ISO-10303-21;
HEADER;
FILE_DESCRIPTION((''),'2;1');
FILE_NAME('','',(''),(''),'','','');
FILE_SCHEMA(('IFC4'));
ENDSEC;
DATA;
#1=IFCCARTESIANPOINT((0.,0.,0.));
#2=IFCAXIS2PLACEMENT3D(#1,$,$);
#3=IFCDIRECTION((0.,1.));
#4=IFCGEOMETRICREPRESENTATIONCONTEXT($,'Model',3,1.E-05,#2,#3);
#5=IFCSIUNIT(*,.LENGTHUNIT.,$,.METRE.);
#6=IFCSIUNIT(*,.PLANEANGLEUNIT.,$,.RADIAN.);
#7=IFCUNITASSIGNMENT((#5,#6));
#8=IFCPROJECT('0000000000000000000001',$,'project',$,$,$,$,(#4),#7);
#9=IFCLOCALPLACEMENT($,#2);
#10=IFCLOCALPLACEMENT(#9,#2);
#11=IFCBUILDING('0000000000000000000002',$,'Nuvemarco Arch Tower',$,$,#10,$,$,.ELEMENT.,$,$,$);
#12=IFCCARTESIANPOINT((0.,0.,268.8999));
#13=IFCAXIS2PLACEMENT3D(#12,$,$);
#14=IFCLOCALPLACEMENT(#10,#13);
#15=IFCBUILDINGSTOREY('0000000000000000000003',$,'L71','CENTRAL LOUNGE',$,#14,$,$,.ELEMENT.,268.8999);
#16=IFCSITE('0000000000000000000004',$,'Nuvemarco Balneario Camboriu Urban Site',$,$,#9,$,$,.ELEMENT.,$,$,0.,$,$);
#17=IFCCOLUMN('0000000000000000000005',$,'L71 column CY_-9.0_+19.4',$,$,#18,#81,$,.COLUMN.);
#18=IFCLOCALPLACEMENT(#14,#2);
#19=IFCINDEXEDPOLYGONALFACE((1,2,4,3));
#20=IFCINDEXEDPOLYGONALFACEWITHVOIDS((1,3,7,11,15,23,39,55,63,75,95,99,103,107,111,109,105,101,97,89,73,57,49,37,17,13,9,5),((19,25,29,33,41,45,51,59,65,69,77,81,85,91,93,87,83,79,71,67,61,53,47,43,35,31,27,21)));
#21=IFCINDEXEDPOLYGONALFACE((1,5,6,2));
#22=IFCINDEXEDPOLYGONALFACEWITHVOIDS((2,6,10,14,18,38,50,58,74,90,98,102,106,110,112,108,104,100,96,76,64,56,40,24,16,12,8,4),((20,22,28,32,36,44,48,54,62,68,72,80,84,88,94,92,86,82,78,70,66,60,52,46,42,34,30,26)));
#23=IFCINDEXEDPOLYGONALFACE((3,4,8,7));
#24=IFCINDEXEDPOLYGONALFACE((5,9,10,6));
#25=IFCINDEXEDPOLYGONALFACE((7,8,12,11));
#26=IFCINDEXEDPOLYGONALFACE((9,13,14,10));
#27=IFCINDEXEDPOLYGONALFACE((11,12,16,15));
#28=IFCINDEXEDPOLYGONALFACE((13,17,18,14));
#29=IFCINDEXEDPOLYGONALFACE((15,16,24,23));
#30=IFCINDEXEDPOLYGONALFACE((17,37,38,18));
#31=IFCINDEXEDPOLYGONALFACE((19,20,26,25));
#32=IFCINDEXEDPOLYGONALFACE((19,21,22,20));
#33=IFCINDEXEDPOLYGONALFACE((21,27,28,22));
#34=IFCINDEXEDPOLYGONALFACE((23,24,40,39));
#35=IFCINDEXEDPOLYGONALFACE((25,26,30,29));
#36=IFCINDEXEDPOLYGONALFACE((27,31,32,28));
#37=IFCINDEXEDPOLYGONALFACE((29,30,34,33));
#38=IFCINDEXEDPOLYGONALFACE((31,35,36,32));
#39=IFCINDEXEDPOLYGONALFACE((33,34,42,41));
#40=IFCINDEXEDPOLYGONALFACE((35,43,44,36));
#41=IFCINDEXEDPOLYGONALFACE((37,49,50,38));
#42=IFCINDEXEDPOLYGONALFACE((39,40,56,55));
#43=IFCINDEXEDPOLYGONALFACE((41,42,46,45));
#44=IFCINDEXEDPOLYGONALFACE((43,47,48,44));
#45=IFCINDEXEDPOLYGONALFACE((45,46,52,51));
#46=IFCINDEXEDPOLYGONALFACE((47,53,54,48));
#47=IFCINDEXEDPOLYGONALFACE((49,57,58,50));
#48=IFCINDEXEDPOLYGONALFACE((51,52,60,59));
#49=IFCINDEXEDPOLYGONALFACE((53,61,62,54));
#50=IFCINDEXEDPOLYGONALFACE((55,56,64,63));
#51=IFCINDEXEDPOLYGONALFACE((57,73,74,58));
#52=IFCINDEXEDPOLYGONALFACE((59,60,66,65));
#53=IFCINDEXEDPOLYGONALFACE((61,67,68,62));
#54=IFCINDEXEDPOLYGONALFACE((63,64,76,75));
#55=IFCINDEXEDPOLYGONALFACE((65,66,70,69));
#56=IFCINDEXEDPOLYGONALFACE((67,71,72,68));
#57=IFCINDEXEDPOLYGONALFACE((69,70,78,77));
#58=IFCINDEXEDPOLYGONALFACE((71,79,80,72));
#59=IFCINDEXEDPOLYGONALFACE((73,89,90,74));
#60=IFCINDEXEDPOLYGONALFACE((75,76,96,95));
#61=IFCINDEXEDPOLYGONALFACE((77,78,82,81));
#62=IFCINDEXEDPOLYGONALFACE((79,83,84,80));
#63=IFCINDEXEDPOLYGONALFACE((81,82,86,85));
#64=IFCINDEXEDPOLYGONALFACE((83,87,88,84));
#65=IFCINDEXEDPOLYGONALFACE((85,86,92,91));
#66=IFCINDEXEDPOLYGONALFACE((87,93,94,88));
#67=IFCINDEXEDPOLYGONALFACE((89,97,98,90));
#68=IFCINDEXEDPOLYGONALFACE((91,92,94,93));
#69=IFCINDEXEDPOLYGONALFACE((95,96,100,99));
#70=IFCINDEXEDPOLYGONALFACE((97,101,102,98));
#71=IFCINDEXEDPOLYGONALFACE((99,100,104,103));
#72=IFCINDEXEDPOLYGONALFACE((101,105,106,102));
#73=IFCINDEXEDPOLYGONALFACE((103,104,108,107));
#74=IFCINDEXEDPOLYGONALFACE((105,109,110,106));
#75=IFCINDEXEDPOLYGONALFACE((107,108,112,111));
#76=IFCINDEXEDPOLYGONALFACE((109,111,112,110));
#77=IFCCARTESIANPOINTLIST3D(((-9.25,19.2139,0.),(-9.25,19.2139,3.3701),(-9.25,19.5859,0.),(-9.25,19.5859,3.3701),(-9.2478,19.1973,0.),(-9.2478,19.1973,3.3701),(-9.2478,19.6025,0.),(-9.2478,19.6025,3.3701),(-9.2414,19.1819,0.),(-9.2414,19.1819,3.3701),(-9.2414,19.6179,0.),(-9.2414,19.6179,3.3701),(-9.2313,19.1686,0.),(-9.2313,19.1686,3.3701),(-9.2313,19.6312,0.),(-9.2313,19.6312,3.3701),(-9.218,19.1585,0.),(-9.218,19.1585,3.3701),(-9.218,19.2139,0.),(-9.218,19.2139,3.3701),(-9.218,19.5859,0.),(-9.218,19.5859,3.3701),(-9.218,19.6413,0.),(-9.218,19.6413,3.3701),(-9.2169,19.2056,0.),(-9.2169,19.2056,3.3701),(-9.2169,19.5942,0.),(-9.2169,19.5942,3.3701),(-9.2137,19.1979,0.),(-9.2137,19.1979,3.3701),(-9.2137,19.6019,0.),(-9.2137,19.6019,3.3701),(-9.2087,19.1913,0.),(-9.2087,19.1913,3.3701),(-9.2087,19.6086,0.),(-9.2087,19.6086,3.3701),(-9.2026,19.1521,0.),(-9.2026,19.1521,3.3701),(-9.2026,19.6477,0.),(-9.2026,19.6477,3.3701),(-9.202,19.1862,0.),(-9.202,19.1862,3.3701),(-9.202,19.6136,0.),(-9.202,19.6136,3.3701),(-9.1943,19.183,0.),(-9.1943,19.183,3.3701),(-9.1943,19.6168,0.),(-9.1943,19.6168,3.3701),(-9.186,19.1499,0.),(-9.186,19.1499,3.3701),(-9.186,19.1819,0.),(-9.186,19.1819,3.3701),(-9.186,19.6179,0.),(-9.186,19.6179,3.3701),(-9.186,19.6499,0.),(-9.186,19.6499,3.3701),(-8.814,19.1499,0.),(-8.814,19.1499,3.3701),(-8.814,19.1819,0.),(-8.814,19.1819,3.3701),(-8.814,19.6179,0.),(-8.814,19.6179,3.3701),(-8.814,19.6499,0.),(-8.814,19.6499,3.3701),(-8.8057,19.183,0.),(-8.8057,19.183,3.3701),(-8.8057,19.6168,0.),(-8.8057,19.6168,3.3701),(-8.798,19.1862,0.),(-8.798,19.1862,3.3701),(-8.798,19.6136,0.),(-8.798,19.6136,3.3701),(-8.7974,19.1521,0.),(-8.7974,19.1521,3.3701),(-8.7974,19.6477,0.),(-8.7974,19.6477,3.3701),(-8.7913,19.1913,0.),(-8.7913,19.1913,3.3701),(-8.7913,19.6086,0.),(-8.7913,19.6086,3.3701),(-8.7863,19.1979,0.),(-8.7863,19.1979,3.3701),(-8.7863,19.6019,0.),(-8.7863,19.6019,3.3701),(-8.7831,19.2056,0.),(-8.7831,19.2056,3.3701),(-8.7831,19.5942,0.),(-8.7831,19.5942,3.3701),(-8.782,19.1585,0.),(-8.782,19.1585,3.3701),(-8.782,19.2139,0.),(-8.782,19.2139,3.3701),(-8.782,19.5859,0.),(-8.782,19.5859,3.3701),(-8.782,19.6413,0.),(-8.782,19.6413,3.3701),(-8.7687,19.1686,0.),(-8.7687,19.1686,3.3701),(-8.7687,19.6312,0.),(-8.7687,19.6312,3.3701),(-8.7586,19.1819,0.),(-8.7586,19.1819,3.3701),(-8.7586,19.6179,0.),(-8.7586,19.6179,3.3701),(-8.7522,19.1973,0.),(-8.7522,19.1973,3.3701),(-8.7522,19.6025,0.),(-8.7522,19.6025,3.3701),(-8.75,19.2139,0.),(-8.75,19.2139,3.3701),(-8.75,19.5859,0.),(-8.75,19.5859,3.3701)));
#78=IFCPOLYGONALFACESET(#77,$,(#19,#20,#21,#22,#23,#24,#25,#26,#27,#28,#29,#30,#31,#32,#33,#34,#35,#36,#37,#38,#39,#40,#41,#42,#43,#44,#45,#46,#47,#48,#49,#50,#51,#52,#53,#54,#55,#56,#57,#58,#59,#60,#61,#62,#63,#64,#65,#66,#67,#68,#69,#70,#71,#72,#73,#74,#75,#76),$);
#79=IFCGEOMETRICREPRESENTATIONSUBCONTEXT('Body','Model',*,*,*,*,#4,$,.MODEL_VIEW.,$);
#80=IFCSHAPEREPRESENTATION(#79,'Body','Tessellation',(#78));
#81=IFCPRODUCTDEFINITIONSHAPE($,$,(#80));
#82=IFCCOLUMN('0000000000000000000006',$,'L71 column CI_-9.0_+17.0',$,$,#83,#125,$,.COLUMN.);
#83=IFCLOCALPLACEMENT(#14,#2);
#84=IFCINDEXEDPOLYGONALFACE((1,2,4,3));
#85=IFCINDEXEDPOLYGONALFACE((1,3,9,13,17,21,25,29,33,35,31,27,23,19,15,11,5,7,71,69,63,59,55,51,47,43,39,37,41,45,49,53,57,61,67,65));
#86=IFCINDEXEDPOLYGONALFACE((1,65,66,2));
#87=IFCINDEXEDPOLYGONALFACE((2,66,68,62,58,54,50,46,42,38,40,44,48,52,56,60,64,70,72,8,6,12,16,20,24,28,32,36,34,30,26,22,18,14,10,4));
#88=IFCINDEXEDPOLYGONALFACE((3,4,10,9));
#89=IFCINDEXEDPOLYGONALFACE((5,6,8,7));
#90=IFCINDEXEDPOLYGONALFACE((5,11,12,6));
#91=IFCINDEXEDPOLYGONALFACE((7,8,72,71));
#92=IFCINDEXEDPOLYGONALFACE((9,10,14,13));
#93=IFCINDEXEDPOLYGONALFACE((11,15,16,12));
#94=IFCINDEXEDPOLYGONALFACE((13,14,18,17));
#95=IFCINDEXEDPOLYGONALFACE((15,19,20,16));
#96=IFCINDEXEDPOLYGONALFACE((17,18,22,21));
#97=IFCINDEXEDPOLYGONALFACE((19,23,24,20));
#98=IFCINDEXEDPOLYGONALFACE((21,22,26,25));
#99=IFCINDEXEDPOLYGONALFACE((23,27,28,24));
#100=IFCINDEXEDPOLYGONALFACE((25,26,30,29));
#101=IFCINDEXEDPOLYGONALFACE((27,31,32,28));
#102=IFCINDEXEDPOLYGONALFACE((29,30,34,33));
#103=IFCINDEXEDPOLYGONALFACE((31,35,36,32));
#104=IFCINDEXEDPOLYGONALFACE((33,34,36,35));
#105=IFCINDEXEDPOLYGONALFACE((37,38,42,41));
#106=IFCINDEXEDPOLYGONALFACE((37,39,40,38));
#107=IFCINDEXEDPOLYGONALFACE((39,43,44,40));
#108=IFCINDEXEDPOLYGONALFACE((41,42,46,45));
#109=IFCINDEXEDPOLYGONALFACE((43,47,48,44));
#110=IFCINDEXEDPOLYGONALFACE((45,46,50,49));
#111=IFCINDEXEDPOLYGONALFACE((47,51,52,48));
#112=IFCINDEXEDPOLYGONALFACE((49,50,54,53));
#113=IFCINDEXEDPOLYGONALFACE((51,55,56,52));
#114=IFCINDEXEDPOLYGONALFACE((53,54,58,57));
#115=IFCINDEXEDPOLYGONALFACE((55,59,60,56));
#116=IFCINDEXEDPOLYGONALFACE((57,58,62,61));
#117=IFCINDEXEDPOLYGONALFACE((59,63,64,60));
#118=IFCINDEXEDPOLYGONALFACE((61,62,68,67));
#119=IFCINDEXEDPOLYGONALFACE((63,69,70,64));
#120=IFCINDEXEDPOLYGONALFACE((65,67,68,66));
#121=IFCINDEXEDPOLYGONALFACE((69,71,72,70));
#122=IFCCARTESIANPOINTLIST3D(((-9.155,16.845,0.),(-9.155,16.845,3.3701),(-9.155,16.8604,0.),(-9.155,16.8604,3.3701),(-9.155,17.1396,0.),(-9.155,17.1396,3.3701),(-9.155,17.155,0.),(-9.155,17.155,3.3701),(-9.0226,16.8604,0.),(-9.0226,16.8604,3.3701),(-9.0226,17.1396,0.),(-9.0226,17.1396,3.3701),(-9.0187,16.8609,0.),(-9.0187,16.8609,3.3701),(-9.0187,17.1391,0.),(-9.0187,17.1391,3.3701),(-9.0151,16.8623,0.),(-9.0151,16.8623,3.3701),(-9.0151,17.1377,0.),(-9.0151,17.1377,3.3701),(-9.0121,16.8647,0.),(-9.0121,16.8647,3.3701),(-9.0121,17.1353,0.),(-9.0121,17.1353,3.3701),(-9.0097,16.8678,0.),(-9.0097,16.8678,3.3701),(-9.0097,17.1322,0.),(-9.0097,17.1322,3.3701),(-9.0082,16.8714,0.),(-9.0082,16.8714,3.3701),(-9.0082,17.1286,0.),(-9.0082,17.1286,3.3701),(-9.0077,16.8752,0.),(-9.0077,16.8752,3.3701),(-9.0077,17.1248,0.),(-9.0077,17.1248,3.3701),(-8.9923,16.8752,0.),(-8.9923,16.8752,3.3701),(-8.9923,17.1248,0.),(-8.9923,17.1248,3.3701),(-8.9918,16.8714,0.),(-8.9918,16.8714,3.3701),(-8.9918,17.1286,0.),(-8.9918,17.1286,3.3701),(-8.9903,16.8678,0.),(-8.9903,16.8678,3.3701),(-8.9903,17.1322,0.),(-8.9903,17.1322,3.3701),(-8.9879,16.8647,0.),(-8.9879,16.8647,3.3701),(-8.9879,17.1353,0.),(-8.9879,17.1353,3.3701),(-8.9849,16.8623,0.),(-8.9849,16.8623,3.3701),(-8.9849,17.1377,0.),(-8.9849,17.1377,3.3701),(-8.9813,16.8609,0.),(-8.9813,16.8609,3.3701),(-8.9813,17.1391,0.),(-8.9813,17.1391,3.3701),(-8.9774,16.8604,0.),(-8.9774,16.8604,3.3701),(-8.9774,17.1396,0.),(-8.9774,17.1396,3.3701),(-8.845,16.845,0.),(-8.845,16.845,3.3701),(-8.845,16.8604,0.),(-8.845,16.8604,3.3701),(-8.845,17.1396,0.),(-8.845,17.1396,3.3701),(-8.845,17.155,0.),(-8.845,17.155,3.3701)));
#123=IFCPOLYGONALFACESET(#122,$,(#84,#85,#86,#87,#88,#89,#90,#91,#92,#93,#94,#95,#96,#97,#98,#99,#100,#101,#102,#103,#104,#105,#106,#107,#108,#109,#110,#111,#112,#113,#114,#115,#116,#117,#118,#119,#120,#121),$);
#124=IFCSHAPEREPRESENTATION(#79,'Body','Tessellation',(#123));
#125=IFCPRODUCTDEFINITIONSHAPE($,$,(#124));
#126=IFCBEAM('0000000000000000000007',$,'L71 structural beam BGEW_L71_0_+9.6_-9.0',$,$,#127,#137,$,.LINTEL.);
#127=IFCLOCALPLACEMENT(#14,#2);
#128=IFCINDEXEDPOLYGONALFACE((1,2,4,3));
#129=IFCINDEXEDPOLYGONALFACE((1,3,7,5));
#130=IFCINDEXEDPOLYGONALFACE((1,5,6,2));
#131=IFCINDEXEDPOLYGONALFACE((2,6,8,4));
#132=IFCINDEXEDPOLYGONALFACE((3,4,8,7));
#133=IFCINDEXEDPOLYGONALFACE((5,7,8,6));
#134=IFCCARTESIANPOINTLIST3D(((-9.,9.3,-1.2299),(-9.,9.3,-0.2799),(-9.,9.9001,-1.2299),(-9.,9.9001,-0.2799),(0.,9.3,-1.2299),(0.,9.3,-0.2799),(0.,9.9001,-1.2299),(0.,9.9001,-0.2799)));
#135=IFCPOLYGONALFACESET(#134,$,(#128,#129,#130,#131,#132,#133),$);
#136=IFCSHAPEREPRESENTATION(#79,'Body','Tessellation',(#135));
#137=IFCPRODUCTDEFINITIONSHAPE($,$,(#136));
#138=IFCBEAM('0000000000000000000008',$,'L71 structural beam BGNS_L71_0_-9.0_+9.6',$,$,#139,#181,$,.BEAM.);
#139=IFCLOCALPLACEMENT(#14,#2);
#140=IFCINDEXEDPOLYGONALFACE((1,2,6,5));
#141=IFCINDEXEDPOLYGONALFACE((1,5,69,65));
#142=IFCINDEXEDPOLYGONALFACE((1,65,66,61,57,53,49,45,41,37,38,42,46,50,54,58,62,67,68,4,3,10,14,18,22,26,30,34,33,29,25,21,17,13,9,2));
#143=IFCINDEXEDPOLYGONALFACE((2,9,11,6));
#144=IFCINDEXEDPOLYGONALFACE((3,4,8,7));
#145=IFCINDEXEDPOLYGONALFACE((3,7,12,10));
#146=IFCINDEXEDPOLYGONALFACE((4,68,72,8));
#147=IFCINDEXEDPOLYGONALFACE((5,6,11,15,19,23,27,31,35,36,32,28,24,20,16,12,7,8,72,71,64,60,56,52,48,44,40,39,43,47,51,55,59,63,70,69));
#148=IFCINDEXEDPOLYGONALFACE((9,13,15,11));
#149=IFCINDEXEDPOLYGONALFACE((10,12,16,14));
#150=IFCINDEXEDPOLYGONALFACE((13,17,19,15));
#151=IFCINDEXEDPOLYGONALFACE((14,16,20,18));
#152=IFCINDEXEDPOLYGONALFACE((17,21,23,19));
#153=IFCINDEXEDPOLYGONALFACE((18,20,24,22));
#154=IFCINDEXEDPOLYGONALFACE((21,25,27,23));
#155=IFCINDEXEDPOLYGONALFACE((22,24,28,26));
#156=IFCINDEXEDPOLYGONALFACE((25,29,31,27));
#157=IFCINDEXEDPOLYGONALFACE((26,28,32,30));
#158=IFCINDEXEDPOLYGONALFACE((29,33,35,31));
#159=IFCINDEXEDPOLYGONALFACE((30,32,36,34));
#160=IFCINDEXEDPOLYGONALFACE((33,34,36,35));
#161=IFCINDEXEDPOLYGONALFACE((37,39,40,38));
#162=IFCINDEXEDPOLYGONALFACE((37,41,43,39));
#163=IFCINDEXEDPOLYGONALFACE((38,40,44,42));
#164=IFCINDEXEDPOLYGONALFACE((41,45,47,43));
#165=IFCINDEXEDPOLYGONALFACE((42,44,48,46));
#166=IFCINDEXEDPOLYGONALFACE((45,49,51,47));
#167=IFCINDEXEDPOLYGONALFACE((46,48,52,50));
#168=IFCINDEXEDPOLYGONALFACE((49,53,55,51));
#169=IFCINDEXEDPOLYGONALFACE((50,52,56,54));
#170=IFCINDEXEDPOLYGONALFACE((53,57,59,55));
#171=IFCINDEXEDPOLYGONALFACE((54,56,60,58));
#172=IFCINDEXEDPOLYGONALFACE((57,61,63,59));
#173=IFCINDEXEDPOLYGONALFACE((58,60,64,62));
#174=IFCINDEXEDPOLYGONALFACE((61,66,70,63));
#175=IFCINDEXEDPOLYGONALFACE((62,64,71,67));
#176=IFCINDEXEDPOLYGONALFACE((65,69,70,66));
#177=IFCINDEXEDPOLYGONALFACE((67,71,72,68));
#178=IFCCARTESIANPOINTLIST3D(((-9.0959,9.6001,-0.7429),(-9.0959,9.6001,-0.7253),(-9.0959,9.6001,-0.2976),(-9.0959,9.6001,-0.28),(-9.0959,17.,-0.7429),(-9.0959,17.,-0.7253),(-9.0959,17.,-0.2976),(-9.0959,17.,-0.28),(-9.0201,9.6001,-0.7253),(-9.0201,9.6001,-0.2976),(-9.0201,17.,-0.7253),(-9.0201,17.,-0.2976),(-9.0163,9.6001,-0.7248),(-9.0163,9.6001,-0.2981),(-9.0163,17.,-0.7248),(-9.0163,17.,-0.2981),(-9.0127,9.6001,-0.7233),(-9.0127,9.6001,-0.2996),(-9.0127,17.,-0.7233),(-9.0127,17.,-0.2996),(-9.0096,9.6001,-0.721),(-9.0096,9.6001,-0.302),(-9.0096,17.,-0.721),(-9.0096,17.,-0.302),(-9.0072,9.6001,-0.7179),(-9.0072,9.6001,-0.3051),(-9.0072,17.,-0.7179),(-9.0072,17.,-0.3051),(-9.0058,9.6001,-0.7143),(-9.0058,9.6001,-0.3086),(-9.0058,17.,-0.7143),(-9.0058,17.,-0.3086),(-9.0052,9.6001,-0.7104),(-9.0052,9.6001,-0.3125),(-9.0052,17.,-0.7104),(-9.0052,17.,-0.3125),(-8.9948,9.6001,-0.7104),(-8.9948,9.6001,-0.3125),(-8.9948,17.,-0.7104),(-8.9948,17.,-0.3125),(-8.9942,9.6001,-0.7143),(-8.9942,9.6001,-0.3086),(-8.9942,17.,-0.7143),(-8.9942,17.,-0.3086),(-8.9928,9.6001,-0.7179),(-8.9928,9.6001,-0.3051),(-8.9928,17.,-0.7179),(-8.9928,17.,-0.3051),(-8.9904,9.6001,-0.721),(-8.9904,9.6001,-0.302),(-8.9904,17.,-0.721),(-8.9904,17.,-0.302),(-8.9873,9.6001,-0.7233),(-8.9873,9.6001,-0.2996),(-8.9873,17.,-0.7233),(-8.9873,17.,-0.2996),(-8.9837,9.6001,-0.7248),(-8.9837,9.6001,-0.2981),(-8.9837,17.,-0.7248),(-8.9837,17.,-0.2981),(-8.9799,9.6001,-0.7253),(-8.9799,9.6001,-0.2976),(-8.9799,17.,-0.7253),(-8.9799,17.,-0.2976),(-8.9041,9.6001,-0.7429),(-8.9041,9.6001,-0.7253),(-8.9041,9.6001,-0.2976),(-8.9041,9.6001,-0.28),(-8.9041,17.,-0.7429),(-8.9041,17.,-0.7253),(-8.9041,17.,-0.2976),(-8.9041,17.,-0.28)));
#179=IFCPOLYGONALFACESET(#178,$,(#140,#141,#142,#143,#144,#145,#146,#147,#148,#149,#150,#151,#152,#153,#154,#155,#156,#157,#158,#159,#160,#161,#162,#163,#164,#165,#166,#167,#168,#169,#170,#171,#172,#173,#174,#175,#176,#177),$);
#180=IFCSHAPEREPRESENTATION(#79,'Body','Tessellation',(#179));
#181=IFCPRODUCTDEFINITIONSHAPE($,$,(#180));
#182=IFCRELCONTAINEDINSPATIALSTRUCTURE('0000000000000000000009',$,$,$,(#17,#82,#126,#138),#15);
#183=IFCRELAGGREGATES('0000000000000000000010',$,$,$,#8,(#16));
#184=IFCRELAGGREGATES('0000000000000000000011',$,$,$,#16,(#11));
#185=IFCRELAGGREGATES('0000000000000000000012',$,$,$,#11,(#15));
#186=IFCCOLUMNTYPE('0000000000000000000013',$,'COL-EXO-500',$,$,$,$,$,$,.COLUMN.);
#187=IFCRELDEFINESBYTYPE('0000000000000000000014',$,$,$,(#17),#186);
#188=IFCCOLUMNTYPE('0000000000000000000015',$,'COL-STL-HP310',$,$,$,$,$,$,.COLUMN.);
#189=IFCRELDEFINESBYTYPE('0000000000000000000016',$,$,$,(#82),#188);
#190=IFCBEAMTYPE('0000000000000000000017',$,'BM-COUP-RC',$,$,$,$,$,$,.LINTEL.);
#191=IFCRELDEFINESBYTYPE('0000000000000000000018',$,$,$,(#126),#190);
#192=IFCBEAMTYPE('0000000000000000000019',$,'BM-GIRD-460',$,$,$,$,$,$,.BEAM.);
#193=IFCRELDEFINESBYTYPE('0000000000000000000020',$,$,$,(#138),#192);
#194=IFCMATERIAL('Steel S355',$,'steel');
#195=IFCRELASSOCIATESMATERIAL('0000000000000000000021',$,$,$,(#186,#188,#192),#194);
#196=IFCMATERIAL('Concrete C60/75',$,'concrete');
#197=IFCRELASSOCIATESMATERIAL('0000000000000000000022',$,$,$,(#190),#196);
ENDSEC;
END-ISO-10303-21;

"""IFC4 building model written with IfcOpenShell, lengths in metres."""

from ifc_helpers import new_model, si_unit, direction, frame, origin, origin_2d, place, context, subcontext, project, spatial, rectangle, hollow_rectangle, i_section, extrude, material, material_profile, profile_set, type_object, element, save


model = new_model("IFC4")

# Units and contexts
model_context = context("Model", 3, precision=1e-05, world=origin(), true_north=direction((0.0, 1.0)))
body_context = subcontext(model_context, "Body", "Model", "MODEL_VIEW")
ifc_project = project(units=[si_unit("LENGTHUNIT", "METRE"), si_unit("PLANEANGLEUNIT", "RADIAN")], contexts=[model_context])

# Site, building, storey
site_placement = place(None, origin())
site = spatial("IfcSite", under=ifc_project, at=site_placement, Name="Nuvemarco Balneario Camboriu Urban Site", CompositionType="ELEMENT", RefElevation=0.0)
building_placement = place(site_placement, origin())
building = spatial("IfcBuilding", under=site, at=building_placement, Name="Nuvemarco Arch Tower", CompositionType="ELEMENT")
storey_placement = place(building_placement, frame((0.0, 0.0, 268.8999)))
storey = spatial("IfcBuildingStorey", under=building, at=storey_placement, Name="L71", Description="CENTRAL LOUNGE", CompositionType="ELEMENT", Elevation=268.8999)

# Columns
ifc_material_1 = material(Name="Steel S355", Category="steel")
ifc_material_profile_1 = material_profile(ifc_material_1, hollow_rectangle(XDim=0.5, YDim=0.5, WallThickness=0.032, InnerFilletRadius=0.032, OuterFilletRadius=0.064, at=origin_2d()), Name="SHS500x500x32")
ifc_profile_set_1 = profile_set([ifc_material_profile_1], Name="Steel S355")
column_type_1 = type_object("IfcColumnType", Name="COL-EXO-500", PredefinedType="COLUMN", material=ifc_profile_set_1)
column_1_placement = place(storey_placement, frame((-9.0, 19.3999, 0.0), z_axis=(0.0, 0.0, 1.0), x_axis=(1.0, 0.0, 0.0)))
element("IfcColumn", 1, at=column_1_placement, inside=storey, type_object=column_type_1, Name="L71 column CY_-9.0_+19.4", PredefinedType="COLUMN", context=body_context, shape_type="SweptSolid", body=[
    extrude(hollow_rectangle(XDim=0.5, YDim=0.5, WallThickness=0.032, InnerFilletRadius=0.032, OuterFilletRadius=0.064, at=origin_2d()), origin(), (0.0, 0.0, 1.0), 3.3701),
])
ifc_material_profile_2 = material_profile(ifc_material_1, i_section(OverallWidth=0.3101, OverallDepth=0.3101, WebThickness=0.0154, FlangeThickness=0.0154, FilletRadius=0.0149, at=origin_2d()), Name="HP310x110")
ifc_profile_set_2 = profile_set([ifc_material_profile_2], Name="Steel S355")
column_type_2 = type_object("IfcColumnType", Name="COL-STL-HP310", PredefinedType="COLUMN", material=ifc_profile_set_2)
column_2_placement = place(storey_placement, frame((-9.0, 17.0, 0.0), z_axis=(0.0, 0.0, 1.0), x_axis=(1.0, 0.0, 0.0)))
element("IfcColumn", 2, at=column_2_placement, inside=storey, type_object=column_type_2, Name="L71 column CI_-9.0_+17.0", PredefinedType="COLUMN", context=body_context, shape_type="SweptSolid", body=[
    extrude(i_section(OverallWidth=0.3101, OverallDepth=0.3101, WebThickness=0.0154, FlangeThickness=0.0154, FilletRadius=0.0149, at=origin_2d()), origin(), (0.0, 0.0, 1.0), 3.3701),
])

# Beams
ifc_material_2 = material(Name="Concrete C60/75", Category="concrete")
ifc_material_profile_3 = material_profile(ifc_material_2, rectangle(XDim=0.6001, YDim=0.95, at=origin_2d()), Name="RC-BM-600x950")
ifc_profile_set_3 = profile_set([ifc_material_profile_3], Name="Concrete C60/75")
beam_type_1 = type_object("IfcBeamType", Name="BM-COUP-RC", PredefinedType="LINTEL", material=ifc_profile_set_3)
beam_1_placement = place(storey_placement, frame((-9.0, 9.6001, -0.7549), z_axis=(1.0, 0.0, 0.0), x_axis=(0.0, 1.0, 0.0)))
element("IfcBeam", 3, at=beam_1_placement, inside=storey, type_object=beam_type_1, Name="L71 structural beam BGEW_L71_0_+9.6_-9.0", PredefinedType="LINTEL", context=body_context, shape_type="SweptSolid", body=[
    extrude(rectangle(XDim=0.6001, YDim=0.95, at=origin_2d()), origin(), (0.0, 0.0, 1.0), 9.0),
])
ifc_material_profile_4 = material_profile(ifc_material_1, i_section(OverallWidth=0.1919, OverallDepth=0.4629, WebThickness=0.0105, FlangeThickness=0.0176, FilletRadius=0.0149, at=origin_2d()), Name="W460x89")
ifc_profile_set_4 = profile_set([ifc_material_profile_4], Name="Steel S355")
beam_type_2 = type_object("IfcBeamType", Name="BM-GIRD-460", PredefinedType="BEAM", material=ifc_profile_set_4)
beam_2_placement = place(storey_placement, frame((-9.0, 9.6001, -0.5115), z_axis=(0.0, 1.0, 0.0), x_axis=(-1.0, 0.0, 0.0)))
element("IfcBeam", 4, at=beam_2_placement, inside=storey, type_object=beam_type_2, Name="L71 structural beam BGNS_L71_0_-9.0_+9.6", PredefinedType="BEAM", context=body_context, shape_type="SweptSolid", body=[
    extrude(i_section(OverallWidth=0.1919, OverallDepth=0.4629, WebThickness=0.0105, FlangeThickness=0.0176, FilletRadius=0.0149, at=origin_2d()), origin(), (0.0, 0.0, 1.0), 7.3999),
])

save(model, "model.ifc")
